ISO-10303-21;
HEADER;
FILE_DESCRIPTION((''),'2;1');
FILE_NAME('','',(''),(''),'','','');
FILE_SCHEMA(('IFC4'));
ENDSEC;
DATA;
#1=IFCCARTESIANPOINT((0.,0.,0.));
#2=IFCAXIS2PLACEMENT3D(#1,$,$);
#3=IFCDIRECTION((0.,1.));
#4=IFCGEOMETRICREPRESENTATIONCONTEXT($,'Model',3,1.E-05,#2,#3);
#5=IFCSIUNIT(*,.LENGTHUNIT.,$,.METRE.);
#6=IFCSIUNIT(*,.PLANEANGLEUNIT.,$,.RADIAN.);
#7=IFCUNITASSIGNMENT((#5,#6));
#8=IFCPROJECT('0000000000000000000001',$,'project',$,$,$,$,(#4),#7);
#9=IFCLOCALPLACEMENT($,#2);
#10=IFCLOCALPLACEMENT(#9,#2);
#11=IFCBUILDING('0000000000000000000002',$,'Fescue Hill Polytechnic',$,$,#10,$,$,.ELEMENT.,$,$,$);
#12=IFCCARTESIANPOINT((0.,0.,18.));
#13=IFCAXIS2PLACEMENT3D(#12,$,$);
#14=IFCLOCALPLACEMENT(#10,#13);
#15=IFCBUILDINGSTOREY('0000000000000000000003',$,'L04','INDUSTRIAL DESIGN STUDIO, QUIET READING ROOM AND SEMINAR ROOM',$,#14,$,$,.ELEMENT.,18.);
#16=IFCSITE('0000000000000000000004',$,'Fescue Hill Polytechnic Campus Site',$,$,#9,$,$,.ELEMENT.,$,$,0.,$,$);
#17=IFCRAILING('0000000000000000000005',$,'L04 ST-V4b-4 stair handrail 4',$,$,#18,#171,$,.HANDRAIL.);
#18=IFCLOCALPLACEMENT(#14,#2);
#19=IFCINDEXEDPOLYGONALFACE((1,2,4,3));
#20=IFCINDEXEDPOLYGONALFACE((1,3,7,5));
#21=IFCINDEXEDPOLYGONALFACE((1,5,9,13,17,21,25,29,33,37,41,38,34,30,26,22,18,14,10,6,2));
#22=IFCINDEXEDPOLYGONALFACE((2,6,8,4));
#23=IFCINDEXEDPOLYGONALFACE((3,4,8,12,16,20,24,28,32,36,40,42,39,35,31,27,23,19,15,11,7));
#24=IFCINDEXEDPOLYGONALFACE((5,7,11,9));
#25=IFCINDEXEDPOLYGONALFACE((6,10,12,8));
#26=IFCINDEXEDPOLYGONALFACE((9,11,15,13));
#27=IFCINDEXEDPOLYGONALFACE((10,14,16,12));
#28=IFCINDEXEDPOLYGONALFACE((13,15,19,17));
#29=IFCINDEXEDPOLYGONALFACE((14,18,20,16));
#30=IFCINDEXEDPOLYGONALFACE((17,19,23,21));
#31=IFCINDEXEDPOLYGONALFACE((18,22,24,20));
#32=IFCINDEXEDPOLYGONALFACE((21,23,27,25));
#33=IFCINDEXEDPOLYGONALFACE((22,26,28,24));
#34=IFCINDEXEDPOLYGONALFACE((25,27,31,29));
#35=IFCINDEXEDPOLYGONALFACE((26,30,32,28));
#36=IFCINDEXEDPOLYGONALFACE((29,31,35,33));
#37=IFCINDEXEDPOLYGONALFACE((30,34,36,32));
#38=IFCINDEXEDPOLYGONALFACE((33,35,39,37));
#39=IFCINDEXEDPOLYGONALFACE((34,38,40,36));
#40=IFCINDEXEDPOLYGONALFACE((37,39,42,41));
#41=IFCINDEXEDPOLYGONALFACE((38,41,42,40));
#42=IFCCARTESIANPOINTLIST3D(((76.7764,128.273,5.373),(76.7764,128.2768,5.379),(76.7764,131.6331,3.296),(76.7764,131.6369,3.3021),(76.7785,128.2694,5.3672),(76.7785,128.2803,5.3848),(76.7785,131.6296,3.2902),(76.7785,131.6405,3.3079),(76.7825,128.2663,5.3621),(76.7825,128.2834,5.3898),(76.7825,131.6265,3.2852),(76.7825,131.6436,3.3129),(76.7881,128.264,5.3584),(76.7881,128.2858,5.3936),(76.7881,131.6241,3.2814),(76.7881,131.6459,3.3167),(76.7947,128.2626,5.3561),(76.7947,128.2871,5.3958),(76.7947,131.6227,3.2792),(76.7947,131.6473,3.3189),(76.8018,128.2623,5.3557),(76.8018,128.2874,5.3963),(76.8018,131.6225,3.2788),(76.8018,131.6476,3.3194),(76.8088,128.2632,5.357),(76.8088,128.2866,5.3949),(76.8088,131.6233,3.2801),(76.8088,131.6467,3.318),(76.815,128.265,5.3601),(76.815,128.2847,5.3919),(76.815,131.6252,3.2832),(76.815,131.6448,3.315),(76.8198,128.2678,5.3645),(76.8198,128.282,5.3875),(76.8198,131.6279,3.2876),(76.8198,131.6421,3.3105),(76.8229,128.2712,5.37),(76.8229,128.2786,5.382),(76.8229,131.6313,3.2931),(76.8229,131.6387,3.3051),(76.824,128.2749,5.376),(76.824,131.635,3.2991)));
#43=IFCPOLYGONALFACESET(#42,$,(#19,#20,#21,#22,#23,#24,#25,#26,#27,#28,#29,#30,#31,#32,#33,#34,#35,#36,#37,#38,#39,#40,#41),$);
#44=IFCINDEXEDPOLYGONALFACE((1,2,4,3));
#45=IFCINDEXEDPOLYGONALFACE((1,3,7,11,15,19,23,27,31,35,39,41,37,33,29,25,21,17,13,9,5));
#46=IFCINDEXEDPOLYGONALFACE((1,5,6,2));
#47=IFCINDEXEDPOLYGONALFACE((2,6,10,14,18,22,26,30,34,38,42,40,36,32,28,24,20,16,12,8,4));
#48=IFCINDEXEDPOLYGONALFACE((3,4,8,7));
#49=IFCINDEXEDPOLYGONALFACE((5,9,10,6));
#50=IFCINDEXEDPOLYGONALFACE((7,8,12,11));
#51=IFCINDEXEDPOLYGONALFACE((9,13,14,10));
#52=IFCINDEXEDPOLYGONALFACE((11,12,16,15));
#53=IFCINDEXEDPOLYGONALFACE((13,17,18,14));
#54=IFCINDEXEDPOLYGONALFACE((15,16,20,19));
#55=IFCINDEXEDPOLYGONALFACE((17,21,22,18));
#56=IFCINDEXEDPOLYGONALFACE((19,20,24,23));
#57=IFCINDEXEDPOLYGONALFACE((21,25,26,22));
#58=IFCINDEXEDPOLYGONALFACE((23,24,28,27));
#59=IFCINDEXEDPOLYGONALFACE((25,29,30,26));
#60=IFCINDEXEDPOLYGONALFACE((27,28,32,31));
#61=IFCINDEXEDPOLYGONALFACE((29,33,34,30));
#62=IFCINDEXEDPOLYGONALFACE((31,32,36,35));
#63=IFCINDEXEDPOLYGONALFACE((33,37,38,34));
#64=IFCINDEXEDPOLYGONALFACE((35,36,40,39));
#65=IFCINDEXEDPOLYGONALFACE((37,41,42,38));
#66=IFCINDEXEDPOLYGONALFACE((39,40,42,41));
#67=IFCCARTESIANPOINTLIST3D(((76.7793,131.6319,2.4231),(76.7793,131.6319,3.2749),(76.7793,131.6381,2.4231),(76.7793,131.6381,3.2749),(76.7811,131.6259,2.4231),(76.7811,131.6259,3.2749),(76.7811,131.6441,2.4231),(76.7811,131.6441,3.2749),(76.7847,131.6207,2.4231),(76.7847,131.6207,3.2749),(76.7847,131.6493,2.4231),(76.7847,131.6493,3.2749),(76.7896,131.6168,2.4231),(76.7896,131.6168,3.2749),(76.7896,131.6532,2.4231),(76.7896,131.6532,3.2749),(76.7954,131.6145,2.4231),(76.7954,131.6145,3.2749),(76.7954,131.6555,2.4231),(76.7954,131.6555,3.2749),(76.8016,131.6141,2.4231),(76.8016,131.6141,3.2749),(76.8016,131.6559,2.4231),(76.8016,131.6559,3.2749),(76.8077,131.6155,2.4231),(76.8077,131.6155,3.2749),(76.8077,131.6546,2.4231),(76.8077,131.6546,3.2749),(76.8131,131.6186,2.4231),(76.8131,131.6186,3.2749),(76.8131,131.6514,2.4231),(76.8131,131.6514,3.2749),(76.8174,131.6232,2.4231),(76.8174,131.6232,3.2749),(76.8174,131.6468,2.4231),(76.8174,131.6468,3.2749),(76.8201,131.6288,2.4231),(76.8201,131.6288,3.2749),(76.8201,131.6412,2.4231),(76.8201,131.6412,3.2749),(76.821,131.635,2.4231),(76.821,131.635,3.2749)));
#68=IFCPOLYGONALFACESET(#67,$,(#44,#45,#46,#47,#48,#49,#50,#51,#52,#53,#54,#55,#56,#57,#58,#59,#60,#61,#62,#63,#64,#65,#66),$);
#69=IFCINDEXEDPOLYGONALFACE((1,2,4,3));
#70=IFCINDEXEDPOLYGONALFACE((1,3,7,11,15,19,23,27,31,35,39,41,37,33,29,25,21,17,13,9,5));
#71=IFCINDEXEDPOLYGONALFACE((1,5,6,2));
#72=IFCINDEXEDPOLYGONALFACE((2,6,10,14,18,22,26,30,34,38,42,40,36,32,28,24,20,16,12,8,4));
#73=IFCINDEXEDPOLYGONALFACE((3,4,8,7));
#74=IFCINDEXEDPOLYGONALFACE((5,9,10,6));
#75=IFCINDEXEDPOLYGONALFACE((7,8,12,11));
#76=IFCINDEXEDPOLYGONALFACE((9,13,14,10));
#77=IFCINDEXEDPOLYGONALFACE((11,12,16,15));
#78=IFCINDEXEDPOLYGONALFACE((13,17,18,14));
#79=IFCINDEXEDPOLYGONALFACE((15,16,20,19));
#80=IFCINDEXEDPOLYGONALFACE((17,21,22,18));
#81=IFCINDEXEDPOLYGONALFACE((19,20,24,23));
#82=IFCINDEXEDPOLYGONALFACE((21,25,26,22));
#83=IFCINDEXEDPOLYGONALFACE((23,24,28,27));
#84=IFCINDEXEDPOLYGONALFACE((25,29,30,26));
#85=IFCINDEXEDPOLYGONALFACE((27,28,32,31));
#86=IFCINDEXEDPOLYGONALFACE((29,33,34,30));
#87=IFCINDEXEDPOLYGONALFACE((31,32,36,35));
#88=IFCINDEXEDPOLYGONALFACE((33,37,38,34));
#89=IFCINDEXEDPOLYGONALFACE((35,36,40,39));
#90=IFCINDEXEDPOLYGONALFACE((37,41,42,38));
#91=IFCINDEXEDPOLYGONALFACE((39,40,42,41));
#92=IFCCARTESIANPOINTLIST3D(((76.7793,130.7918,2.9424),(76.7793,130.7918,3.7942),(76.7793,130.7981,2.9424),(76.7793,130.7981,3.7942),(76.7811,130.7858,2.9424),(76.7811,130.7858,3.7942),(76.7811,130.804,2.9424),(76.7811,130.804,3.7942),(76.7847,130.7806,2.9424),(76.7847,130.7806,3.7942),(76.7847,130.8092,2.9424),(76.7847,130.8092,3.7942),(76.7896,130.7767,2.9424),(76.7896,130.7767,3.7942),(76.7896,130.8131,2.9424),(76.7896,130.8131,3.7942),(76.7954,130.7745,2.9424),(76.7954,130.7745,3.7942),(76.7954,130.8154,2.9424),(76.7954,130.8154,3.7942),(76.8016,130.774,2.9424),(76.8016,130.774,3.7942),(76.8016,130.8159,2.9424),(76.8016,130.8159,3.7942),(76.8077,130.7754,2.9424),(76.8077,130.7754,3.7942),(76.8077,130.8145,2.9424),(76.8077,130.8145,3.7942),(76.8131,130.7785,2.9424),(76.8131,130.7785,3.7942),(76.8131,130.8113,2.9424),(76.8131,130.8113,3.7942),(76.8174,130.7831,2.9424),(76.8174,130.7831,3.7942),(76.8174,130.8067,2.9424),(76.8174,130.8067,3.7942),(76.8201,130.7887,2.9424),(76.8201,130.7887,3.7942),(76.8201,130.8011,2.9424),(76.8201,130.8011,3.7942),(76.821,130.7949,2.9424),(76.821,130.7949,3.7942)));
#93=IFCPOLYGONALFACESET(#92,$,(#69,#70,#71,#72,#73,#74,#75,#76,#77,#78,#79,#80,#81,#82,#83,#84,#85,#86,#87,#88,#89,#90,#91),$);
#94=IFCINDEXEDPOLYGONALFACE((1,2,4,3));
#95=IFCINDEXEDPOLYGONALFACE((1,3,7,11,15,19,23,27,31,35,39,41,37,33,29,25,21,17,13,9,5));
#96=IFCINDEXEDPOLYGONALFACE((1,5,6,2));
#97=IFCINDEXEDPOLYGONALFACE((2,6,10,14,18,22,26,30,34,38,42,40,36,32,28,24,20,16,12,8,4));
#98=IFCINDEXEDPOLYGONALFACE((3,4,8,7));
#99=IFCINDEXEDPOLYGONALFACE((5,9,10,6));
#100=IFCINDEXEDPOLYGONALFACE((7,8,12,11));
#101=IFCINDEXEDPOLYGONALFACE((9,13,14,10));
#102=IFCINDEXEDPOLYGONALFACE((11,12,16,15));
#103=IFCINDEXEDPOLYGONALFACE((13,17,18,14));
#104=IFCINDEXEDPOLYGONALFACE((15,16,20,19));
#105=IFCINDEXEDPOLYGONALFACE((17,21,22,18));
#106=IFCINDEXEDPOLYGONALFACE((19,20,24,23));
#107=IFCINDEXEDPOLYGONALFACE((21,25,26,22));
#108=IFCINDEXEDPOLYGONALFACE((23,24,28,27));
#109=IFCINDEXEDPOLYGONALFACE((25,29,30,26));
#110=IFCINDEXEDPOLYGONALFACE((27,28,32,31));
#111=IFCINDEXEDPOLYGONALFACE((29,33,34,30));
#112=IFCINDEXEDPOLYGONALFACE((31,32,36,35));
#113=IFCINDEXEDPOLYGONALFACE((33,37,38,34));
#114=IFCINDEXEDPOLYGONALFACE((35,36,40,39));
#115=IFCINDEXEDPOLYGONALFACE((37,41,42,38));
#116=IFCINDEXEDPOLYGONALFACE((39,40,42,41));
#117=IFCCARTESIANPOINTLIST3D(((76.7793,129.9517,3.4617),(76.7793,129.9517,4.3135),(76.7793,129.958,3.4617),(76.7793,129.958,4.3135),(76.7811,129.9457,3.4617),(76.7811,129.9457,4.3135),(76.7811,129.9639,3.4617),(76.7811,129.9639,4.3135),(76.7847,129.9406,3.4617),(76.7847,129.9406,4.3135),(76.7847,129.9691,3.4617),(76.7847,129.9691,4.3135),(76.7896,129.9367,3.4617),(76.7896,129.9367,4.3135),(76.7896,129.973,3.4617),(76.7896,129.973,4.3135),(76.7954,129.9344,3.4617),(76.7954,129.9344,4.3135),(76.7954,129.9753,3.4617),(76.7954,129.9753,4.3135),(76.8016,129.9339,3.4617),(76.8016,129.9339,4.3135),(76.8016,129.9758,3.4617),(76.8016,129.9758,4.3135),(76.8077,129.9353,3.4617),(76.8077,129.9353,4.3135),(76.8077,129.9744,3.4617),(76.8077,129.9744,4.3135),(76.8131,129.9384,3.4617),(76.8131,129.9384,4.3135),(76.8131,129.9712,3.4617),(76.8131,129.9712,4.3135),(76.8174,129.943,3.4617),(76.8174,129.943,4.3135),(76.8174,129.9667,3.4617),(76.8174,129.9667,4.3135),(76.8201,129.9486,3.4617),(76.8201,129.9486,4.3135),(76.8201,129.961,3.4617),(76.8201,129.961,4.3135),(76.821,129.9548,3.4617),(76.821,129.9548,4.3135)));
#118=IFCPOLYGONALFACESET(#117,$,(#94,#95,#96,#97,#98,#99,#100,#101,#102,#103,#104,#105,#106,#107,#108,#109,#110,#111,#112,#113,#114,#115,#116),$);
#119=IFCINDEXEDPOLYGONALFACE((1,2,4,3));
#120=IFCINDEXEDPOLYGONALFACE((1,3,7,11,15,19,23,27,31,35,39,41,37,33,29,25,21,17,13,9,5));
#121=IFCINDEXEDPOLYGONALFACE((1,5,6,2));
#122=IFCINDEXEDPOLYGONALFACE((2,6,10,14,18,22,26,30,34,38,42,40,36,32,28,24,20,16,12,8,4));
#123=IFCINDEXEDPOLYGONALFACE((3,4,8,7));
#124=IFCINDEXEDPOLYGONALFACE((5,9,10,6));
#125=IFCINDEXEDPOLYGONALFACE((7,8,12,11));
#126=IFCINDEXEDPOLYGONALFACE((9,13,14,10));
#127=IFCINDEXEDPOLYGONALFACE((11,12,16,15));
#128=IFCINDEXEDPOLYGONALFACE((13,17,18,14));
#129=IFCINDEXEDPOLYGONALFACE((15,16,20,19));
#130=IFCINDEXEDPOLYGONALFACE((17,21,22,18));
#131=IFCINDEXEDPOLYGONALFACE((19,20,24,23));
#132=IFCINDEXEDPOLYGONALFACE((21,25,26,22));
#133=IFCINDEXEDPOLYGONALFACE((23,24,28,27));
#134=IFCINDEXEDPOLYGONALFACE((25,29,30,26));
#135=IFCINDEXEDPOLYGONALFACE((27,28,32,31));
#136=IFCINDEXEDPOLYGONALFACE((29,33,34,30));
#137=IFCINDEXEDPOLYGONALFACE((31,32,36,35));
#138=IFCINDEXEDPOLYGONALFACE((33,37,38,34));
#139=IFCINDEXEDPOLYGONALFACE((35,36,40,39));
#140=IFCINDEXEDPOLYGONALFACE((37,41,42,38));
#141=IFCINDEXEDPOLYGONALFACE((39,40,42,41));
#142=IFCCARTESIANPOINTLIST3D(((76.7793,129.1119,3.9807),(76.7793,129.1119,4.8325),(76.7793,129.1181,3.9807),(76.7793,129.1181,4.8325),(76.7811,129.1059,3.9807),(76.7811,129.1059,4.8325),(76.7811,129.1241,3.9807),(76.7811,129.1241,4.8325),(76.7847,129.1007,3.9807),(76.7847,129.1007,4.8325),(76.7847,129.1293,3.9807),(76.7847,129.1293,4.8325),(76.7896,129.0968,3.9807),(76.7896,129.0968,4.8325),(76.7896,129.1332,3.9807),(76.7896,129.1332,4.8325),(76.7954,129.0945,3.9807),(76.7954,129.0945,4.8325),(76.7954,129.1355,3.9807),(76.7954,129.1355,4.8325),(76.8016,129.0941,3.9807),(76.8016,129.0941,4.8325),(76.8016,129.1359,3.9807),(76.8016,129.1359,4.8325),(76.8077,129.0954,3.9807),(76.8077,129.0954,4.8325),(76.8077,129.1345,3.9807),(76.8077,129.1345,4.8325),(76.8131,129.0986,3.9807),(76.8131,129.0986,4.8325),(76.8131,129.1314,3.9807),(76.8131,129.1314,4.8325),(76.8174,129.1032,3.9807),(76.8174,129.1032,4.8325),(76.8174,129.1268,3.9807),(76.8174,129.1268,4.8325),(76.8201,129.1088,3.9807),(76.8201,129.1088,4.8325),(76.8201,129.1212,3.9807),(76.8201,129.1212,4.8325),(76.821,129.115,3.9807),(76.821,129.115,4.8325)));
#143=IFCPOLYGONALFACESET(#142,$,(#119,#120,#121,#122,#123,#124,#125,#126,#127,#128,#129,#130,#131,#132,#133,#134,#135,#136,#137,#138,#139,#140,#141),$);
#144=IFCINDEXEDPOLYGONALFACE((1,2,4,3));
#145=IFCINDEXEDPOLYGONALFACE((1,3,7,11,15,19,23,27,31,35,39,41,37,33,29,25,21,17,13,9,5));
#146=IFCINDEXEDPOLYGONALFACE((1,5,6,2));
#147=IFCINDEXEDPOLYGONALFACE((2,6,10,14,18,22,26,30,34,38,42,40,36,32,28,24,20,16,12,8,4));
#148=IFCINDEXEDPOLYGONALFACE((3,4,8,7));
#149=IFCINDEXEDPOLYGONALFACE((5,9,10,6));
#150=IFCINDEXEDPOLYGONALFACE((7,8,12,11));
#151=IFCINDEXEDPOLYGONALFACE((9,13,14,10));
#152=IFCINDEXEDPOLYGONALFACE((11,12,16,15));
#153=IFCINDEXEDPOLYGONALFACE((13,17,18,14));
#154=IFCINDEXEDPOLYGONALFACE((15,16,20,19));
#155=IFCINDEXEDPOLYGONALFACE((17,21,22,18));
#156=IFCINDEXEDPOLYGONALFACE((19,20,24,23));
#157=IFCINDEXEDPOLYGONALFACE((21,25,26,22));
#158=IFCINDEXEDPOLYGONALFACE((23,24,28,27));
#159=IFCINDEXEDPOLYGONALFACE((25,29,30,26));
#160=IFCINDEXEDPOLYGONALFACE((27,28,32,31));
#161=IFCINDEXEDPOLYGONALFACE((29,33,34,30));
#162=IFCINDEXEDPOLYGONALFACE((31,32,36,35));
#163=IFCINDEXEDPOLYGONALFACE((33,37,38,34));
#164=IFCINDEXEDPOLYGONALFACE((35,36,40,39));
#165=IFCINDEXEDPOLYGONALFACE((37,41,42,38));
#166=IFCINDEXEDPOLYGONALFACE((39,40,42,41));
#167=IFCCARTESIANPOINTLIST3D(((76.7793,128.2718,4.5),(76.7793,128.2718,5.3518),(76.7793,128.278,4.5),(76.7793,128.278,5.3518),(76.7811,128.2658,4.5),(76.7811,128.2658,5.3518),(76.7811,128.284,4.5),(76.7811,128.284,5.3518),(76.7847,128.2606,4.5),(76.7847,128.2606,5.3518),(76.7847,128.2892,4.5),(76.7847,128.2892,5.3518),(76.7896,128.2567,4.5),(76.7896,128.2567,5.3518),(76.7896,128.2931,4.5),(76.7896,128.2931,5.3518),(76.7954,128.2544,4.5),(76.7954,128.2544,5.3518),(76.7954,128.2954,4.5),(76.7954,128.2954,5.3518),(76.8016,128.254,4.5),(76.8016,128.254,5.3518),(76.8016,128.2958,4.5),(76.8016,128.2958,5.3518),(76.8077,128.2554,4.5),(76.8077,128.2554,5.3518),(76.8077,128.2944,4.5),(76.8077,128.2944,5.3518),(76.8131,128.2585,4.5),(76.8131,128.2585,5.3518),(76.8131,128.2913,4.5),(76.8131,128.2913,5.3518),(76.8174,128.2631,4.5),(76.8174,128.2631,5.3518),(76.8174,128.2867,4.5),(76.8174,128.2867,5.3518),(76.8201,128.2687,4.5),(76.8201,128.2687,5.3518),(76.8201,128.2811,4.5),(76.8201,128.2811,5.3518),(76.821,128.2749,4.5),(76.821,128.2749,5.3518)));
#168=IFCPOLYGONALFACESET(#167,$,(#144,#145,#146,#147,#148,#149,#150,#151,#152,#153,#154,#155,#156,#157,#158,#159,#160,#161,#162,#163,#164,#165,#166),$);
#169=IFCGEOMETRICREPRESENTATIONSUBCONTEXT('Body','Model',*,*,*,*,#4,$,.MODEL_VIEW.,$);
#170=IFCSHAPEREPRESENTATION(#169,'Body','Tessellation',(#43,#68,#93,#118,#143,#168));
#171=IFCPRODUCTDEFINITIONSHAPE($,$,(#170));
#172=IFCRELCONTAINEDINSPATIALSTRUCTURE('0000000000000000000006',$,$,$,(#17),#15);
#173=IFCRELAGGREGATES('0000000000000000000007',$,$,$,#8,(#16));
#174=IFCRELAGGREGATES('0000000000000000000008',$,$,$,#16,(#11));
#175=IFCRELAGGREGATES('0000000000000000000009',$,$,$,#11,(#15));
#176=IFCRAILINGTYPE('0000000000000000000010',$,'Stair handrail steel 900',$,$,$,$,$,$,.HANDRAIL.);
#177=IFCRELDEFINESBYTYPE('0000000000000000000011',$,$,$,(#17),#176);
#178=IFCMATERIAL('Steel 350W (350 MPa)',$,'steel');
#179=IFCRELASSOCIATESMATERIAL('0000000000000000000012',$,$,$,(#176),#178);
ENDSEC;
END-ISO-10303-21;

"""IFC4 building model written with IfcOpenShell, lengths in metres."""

from ifc_helpers import new_model, si_unit, direction, frame, origin, origin_2d, place, context, subcontext, project, spatial, circle, extrude, material, type_object, element, save


model = new_model("IFC4")

# Units and contexts
model_context = context("Model", 3, precision=1e-05, world=origin(), true_north=direction((0.0, 1.0)))
body_context = subcontext(model_context, "Body", "Model", "MODEL_VIEW")
ifc_project = project(units=[si_unit("LENGTHUNIT", "METRE"), si_unit("PLANEANGLEUNIT", "RADIAN")], contexts=[model_context])

# Site, building, storey
site_placement = place(None, origin())
site = spatial("IfcSite", under=ifc_project, at=site_placement, Name="Fescue Hill Polytechnic Campus Site", CompositionType="ELEMENT", RefElevation=0.0)
building_placement = place(site_placement, origin())
building = spatial("IfcBuilding", under=site, at=building_placement, Name="Fescue Hill Polytechnic", CompositionType="ELEMENT")
storey_placement = place(building_placement, frame((0.0, 0.0, 18.0)))
storey = spatial("IfcBuildingStorey", under=building, at=storey_placement, Name="L04", Description="INDUSTRIAL DESIGN STUDIO, QUIET READING ROOM AND SEMINAR ROOM", CompositionType="ELEMENT", Elevation=18.0)

# Railing
ifc_material_1 = material(Name="Steel 350W (350 MPa)", Category="steel")
railing_type_1 = type_object("IfcRailingType", Name="Stair handrail steel 900", PredefinedType="HANDRAIL", material=ifc_material_1)
for number, where, name in (
    (1, (76.8, 131.635, 2.4231), "L04 ST-V4b-4 stair handrail 4"),
):
    element("IfcRailing", number, at=place(storey_placement, frame(where)), inside=storey, type_object=railing_type_1, Name=name, PredefinedType="HANDRAIL", context=body_context, shape_type="SweptSolid", body=[
        extrude(circle(Radius=0.0239, at=origin_2d()), frame((0.0, 0.0, 0.876), z_axis=(0.0, -0.850623, 0.525776), x_axis=(1.0, 0.0, 0.0)), (0.0, 0.0, 1.0), 3.9502),
        extrude(circle(Radius=0.021, at=origin_2d()), origin(), (0.0, 0.0, 1.0), 0.8518),
        extrude(circle(Radius=0.021, at=origin_2d()), frame((0.0, -0.8401, 0.5193)), (0.0, 0.0, 1.0), 0.8518),
        extrude(circle(Radius=0.021, at=origin_2d()), frame((0.0, -1.6802, 1.0386)), (0.0, 0.0, 1.0), 0.8518),
        extrude(circle(Radius=0.021, at=origin_2d()), frame((0.0, -2.52, 1.5576)), (0.0, 0.0, 1.0), 0.8518),
        extrude(circle(Radius=0.021, at=origin_2d()), frame((0.0, -3.3601, 2.0769)), (0.0, 0.0, 1.0), 0.8518),
    ])

save(model, "model.ifc")
